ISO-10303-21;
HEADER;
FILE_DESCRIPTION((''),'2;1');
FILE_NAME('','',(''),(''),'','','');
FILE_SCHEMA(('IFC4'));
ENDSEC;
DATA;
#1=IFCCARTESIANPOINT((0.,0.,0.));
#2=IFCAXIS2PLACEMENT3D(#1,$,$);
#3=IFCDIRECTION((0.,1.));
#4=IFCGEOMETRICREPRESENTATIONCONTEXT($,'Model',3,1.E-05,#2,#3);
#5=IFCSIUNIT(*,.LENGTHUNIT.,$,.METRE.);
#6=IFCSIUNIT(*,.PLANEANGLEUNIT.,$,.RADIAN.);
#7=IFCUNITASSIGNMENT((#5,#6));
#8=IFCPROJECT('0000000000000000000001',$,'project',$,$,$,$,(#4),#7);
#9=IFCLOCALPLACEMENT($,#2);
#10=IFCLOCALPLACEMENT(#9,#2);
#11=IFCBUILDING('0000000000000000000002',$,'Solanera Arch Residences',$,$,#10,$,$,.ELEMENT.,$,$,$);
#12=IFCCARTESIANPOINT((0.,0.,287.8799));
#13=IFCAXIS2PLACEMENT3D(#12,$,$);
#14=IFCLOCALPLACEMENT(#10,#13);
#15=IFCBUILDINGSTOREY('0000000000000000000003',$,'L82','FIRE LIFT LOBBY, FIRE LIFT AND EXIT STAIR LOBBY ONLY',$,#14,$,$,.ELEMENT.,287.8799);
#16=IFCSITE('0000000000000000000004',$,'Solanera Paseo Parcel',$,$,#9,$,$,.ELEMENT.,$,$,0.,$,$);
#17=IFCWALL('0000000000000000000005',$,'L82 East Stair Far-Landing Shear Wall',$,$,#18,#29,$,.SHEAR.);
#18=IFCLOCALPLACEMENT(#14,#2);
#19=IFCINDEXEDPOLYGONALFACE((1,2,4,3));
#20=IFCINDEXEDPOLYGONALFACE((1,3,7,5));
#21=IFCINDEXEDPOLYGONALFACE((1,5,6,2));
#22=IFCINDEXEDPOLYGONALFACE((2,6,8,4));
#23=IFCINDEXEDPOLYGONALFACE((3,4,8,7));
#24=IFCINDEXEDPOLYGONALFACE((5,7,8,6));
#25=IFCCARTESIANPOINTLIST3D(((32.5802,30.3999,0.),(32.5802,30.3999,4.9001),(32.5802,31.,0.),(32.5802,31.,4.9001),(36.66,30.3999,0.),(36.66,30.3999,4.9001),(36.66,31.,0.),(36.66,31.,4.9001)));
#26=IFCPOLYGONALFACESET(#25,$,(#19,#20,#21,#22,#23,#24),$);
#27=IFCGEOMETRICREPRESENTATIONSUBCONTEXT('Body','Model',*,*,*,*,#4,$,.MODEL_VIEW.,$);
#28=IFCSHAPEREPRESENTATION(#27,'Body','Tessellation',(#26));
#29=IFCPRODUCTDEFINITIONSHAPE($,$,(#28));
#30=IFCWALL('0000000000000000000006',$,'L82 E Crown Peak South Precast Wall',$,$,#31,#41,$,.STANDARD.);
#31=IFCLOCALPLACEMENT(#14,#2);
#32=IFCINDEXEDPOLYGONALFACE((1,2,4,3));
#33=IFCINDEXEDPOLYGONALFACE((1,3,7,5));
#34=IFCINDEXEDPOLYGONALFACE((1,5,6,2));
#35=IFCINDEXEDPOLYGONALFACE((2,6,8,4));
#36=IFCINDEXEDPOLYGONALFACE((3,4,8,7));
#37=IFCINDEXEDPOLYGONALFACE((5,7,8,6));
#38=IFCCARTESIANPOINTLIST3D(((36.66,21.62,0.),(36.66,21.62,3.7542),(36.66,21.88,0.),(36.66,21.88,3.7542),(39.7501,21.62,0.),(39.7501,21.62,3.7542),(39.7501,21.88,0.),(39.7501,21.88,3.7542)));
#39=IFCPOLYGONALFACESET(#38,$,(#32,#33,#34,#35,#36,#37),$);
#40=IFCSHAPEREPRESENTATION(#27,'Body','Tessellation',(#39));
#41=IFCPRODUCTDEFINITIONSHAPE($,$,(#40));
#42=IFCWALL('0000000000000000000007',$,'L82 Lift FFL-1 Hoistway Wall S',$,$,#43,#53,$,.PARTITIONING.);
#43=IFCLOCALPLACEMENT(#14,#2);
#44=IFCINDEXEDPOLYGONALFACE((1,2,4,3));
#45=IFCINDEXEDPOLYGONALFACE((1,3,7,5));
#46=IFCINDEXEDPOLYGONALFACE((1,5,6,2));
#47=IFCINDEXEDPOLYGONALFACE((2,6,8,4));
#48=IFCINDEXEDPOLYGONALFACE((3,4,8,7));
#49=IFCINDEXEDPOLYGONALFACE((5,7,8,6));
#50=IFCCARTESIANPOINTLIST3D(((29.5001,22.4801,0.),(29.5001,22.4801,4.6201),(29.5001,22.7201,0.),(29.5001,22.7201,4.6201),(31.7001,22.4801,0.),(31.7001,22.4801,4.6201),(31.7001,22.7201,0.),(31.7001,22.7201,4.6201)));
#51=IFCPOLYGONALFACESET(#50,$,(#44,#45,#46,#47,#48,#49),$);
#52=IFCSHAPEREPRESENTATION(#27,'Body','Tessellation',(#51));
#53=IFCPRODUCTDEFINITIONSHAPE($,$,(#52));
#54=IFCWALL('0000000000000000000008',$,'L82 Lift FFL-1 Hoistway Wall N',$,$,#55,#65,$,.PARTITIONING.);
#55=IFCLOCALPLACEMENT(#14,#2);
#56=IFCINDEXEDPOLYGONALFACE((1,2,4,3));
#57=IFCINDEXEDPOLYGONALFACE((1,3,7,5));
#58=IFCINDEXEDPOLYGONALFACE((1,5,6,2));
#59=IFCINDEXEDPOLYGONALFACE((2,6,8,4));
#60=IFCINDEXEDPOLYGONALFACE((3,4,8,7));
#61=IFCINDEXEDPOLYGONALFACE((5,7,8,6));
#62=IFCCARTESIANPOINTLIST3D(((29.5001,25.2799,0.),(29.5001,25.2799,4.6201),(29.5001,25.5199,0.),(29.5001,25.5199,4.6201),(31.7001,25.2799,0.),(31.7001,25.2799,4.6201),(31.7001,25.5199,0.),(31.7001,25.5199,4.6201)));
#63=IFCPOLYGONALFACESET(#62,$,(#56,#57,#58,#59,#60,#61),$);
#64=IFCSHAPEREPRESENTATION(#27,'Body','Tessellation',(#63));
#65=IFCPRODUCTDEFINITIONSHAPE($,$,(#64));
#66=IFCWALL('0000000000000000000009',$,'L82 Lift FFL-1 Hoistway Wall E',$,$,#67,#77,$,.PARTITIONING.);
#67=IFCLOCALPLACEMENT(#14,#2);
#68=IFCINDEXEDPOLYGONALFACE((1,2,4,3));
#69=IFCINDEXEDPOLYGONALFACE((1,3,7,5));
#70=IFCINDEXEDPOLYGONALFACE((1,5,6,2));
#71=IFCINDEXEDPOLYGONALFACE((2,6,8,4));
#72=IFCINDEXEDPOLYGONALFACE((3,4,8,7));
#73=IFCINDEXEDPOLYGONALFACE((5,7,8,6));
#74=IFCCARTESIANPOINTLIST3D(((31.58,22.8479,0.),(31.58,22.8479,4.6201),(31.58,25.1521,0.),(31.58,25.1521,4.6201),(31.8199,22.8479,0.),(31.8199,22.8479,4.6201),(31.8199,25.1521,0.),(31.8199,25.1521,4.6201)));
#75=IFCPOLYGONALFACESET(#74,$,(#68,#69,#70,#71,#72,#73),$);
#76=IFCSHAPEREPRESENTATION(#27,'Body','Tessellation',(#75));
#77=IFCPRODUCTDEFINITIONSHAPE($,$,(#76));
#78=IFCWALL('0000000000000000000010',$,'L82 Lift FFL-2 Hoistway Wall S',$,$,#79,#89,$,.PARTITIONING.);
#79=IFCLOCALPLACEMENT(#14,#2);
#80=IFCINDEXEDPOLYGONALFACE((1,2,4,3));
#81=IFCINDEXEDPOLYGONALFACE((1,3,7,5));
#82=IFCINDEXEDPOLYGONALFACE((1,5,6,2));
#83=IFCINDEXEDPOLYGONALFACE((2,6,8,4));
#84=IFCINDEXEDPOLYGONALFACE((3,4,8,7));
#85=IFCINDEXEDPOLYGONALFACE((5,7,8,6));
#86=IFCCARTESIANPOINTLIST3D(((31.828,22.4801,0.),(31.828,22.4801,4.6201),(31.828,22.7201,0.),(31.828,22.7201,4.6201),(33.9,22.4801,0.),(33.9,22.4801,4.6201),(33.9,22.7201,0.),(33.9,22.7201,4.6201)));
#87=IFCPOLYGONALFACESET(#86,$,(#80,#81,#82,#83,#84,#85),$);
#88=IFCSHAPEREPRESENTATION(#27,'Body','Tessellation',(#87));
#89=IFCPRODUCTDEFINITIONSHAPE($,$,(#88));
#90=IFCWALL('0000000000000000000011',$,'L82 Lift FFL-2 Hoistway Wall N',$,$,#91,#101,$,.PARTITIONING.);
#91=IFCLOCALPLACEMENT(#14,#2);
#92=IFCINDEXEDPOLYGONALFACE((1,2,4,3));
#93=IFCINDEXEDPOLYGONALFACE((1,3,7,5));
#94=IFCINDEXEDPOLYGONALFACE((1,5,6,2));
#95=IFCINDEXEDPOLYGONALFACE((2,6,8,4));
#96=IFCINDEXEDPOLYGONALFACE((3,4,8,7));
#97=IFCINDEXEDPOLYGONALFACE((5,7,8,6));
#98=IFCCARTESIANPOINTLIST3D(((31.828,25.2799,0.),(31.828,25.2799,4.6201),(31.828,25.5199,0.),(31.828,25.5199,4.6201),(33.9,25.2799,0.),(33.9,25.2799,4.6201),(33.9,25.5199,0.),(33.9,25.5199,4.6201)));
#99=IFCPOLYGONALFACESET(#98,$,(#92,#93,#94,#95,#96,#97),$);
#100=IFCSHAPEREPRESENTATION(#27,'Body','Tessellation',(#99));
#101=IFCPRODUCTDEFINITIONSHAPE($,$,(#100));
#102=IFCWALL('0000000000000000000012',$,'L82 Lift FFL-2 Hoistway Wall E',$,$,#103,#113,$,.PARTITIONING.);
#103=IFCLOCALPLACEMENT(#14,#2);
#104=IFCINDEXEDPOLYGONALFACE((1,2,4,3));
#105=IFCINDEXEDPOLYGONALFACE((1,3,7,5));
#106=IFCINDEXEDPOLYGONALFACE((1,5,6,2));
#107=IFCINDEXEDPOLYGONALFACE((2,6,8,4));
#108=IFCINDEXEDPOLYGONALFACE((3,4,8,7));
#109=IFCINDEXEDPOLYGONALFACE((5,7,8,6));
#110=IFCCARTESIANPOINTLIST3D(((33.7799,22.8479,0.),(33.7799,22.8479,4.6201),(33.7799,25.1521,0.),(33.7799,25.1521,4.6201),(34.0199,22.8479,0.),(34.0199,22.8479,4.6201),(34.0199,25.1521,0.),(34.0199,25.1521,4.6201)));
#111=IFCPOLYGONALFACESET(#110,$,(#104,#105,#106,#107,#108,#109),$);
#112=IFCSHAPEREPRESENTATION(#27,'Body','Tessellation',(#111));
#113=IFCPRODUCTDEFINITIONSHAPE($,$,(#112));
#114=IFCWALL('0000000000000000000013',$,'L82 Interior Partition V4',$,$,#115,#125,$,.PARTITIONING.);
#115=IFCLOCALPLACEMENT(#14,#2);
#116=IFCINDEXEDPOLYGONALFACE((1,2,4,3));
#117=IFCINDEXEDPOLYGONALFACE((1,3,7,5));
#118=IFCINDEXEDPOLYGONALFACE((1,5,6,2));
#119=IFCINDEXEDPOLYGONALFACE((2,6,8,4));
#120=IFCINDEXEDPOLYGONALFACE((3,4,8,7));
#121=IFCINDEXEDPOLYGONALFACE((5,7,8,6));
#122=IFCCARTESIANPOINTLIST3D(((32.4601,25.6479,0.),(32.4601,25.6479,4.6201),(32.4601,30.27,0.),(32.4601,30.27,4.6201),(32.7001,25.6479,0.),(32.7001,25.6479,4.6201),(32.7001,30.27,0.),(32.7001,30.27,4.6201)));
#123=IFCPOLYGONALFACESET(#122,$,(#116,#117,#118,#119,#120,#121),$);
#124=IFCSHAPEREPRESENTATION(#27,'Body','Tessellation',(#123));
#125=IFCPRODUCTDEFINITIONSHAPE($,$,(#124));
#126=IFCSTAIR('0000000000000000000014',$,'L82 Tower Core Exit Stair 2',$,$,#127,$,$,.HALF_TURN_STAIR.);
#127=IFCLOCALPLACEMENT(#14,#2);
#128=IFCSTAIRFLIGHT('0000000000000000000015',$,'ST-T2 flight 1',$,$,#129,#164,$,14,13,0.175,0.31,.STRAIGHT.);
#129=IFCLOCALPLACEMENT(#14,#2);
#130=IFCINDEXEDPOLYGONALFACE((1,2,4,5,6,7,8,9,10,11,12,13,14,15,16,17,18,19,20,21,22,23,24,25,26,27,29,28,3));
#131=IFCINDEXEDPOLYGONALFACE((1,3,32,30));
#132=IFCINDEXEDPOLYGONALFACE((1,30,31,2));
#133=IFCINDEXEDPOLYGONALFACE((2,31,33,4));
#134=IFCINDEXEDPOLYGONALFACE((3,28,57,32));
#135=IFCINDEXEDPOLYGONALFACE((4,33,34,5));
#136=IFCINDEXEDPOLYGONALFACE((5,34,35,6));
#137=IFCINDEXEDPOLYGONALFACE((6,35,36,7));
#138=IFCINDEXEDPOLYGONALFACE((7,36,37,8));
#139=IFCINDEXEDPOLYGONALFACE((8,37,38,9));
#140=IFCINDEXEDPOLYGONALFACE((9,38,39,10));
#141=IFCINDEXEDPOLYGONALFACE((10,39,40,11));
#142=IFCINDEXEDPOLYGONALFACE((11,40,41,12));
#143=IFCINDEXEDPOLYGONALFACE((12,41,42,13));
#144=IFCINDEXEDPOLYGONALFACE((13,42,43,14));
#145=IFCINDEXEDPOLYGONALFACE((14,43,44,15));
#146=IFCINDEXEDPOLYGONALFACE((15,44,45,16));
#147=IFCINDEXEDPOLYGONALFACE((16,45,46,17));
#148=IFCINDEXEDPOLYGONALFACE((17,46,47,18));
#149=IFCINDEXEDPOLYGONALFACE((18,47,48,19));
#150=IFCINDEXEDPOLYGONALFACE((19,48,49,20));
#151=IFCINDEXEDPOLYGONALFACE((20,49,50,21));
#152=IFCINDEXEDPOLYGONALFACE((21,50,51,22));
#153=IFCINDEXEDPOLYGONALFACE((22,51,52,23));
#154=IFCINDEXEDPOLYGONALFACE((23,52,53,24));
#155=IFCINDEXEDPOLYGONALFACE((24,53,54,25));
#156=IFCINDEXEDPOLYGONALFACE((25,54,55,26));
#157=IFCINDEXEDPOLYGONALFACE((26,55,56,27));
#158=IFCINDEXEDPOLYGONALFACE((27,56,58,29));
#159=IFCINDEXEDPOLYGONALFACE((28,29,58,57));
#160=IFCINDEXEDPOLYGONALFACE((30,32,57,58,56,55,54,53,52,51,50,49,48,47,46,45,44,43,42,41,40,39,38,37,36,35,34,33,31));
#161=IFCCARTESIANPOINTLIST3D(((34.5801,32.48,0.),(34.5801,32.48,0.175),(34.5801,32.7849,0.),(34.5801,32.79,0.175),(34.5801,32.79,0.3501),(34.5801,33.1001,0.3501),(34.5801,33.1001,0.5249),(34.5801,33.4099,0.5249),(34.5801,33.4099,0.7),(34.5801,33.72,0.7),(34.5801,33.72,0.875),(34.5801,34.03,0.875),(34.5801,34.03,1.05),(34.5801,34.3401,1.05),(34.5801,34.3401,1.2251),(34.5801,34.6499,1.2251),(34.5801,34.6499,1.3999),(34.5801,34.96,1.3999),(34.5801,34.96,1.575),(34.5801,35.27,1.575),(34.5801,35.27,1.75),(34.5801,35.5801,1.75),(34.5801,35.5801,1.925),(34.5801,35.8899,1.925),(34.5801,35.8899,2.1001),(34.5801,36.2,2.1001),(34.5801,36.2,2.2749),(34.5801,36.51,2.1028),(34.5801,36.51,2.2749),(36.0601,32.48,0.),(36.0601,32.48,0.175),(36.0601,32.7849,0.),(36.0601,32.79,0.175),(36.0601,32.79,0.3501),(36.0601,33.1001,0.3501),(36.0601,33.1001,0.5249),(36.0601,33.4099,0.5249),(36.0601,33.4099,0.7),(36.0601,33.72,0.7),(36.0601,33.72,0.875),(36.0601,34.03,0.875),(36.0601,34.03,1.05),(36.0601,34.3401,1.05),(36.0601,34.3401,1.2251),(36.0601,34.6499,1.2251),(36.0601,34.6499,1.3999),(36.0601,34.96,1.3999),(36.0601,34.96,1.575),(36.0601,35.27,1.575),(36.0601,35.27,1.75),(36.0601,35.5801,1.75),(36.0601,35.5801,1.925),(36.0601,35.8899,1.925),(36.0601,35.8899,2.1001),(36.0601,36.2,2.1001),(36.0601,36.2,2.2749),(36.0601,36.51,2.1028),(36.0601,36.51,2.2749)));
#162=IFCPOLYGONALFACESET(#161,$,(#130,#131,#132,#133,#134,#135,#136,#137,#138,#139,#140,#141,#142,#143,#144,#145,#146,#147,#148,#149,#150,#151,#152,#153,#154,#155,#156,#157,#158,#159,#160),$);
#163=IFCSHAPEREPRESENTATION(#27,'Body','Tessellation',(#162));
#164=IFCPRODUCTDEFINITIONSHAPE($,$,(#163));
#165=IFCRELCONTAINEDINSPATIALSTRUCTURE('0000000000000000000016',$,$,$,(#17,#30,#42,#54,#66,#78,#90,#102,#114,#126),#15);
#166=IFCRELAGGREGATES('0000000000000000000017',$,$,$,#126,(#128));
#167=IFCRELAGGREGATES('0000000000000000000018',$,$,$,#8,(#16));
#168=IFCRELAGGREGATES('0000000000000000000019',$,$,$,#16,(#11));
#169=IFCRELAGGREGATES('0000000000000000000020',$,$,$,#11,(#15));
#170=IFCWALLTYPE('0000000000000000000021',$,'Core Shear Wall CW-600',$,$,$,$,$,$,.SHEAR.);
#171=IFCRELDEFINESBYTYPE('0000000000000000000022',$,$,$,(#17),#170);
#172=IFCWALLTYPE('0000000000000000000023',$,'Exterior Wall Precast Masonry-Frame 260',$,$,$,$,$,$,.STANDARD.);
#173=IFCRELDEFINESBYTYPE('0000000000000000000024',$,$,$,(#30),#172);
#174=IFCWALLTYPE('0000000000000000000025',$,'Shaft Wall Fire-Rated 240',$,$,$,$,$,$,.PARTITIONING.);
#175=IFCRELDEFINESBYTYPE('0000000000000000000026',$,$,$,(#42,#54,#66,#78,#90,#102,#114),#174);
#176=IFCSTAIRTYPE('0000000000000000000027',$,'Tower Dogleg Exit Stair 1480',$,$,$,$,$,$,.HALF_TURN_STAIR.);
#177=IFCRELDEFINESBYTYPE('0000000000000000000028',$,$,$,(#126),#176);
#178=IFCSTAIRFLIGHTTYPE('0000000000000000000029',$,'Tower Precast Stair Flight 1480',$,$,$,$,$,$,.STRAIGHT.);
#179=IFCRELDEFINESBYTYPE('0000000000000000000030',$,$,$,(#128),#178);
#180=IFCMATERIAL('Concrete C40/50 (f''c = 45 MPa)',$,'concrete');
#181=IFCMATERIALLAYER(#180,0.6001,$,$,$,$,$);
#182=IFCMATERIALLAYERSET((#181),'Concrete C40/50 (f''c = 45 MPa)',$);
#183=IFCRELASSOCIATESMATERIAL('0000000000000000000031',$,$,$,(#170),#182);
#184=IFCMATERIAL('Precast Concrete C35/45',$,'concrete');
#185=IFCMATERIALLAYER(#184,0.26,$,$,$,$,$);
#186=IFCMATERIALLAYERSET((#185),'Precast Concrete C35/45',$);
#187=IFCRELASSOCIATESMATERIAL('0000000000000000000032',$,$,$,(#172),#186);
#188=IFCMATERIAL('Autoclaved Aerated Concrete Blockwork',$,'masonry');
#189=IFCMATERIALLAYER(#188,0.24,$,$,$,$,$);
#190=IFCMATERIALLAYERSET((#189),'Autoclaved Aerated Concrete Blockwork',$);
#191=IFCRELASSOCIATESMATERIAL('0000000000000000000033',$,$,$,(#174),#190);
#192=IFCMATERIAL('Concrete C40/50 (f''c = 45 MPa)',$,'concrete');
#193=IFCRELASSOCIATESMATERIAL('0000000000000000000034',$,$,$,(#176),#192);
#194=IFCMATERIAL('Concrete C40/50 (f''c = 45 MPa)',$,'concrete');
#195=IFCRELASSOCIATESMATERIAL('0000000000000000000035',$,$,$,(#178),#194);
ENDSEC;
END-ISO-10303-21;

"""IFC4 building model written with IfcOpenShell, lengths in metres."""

from ifc_helpers import new_model, si_unit, direction, frame, frame_2d, origin, place, context, subcontext, project, spatial, polyline, rectangle, outline, extrude, material, layer, layer_set, type_object, element, aggregate, save


model = new_model("IFC4")

# Units and contexts
model_context = context("Model", 3, precision=1e-05, world=origin(), true_north=direction((0.0, 1.0)))
body_context = subcontext(model_context, "Body", "Model", "MODEL_VIEW")
ifc_project = project(units=[si_unit("LENGTHUNIT", "METRE"), si_unit("PLANEANGLEUNIT", "RADIAN")], contexts=[model_context])

# Site, building, storey
site_placement = place(None, origin())
site = spatial("IfcSite", under=ifc_project, at=site_placement, Name="Solanera Paseo Parcel", CompositionType="ELEMENT", RefElevation=0.0)
building_placement = place(site_placement, origin())
building = spatial("IfcBuilding", under=site, at=building_placement, Name="Solanera Arch Residences", CompositionType="ELEMENT")
storey_placement = place(building_placement, frame((0.0, 0.0, 287.8799)))
storey = spatial("IfcBuildingStorey", under=building, at=storey_placement, Name="L82", Description="FIRE LIFT LOBBY, FIRE LIFT AND EXIT STAIR LOBBY ONLY", CompositionType="ELEMENT", Elevation=287.8799)

# Walls
ifc_material_1 = material(Name="Concrete C40/50 (f'c = 45 MPa)", Category="concrete")
ifc_layer_1 = layer(ifc_material_1, 0.6001)
ifc_layer_set_1 = layer_set([ifc_layer_1], Name="Concrete C40/50 (f'c = 45 MPa)")
wall_type_1 = type_object("IfcWallType", Name="Core Shear Wall CW-600", PredefinedType="SHEAR", material=ifc_layer_set_1)
wall_1_placement = place(storey_placement, frame((32.5801, 30.7, 0.0), z_axis=(0.0, 0.0, 1.0), x_axis=(1.0, 0.0, 0.0)))
element("IfcWall", 1, at=wall_1_placement, inside=storey, type_object=wall_type_1, Name="L82 East Stair Far-Landing Shear Wall", PredefinedType="SHEAR", context=body_context, shape_type="SweptSolid", body=[
    extrude(rectangle(XDim=4.0798, YDim=0.6001, at=frame_2d((2.04, 0.0))), origin(), (0.0, 0.0, 1.0), 4.9001),
])
ifc_material_2 = material(Name="Precast Concrete C35/45", Category="concrete")
ifc_layer_2 = layer(ifc_material_2, 0.26)
ifc_layer_set_2 = layer_set([ifc_layer_2], Name="Precast Concrete C35/45")
wall_type_2 = type_object("IfcWallType", Name="Exterior Wall Precast Masonry-Frame 260", PredefinedType="STANDARD", material=ifc_layer_set_2)
wall_2_placement = place(storey_placement, frame((39.75, 21.75, 0.0), z_axis=(0.0, 0.0, 1.0), x_axis=(-1.0, 0.0, 0.0)))
element("IfcWall", 2, at=wall_2_placement, inside=storey, type_object=wall_type_2, Name="L82 E Crown Peak South Precast Wall", PredefinedType="STANDARD", context=body_context, shape_type="SweptSolid", body=[
    extrude(rectangle(XDim=3.0901, YDim=0.26, at=frame_2d((1.5449, 0.0))), origin(), (0.0, 0.0, 1.0), 3.7542),
])
ifc_material_3 = material(Name="Autoclaved Aerated Concrete Blockwork", Category="masonry")
ifc_layer_3 = layer(ifc_material_3, 0.24)
ifc_layer_set_3 = layer_set([ifc_layer_3], Name="Autoclaved Aerated Concrete Blockwork")
wall_type_3 = type_object("IfcWallType", Name="Shaft Wall Fire-Rated 240", PredefinedType="PARTITIONING", material=ifc_layer_set_3)
for number, where, z_axis, x_axis, name in (
    (3, (29.5, 22.6001, 0.0), (0.0, 0.0, 1.0), (1.0, 0.0, 0.0), "L82 Lift FFL-1 Hoistway Wall S"),
    (4, (29.5, 25.3999, 0.0), (0.0, 0.0, 1.0), (1.0, 0.0, 0.0), "L82 Lift FFL-1 Hoistway Wall N"),
):
    element("IfcWall", number, at=place(storey_placement, frame(where, z_axis=z_axis, x_axis=x_axis)), inside=storey, type_object=wall_type_3, Name=name, PredefinedType="PARTITIONING", context=body_context, shape_type="SweptSolid", body=[
        extrude(rectangle(XDim=2.2, YDim=0.24, at=frame_2d((1.1001, 0.0))), origin(), (0.0, 0.0, 1.0), 4.6201),
    ])
wall_3_placement = place(storey_placement, frame((31.7, 22.8479, 0.0), z_axis=(0.0, 0.0, 1.0), x_axis=(0.0, 1.0, 0.0)))
element("IfcWall", 5, at=wall_3_placement, inside=storey, type_object=wall_type_3, Name="L82 Lift FFL-1 Hoistway Wall E", PredefinedType="PARTITIONING", context=body_context, shape_type="SweptSolid", body=[
    extrude(rectangle(XDim=2.3042, YDim=0.24, at=frame_2d((1.1521, 0.0))), origin(), (0.0, 0.0, 1.0), 4.6201),
])
for number, where, z_axis, x_axis, name in (
    (6, (31.8279, 22.6001, 0.0), (0.0, 0.0, 1.0), (1.0, 0.0, 0.0), "L82 Lift FFL-2 Hoistway Wall S"),
    (7, (31.8279, 25.3999, 0.0), (0.0, 0.0, 1.0), (1.0, 0.0, 0.0), "L82 Lift FFL-2 Hoistway Wall N"),
):
    element("IfcWall", number, at=place(storey_placement, frame(where, z_axis=z_axis, x_axis=x_axis)), inside=storey, type_object=wall_type_3, Name=name, PredefinedType="PARTITIONING", context=body_context, shape_type="SweptSolid", body=[
        extrude(rectangle(XDim=2.072, YDim=0.24, at=frame_2d((1.0361, 0.0))), origin(), (0.0, 0.0, 1.0), 4.6201),
    ])
wall_4_placement = place(storey_placement, frame((33.8999, 22.8479, 0.0), z_axis=(0.0, 0.0, 1.0), x_axis=(0.0, 1.0, 0.0)))
element("IfcWall", 8, at=wall_4_placement, inside=storey, type_object=wall_type_3, Name="L82 Lift FFL-2 Hoistway Wall E", PredefinedType="PARTITIONING", context=body_context, shape_type="SweptSolid", body=[
    extrude(rectangle(XDim=2.3042, YDim=0.24, at=frame_2d((1.1521, 0.0))), origin(), (0.0, 0.0, 1.0), 4.6201),
])
wall_5_placement = place(storey_placement, frame((32.5801, 25.6479, 0.0), z_axis=(0.0, 0.0, 1.0), x_axis=(0.0, 1.0, 0.0)))
element("IfcWall", 9, at=wall_5_placement, inside=storey, type_object=wall_type_3, Name="L82 Interior Partition V4", PredefinedType="PARTITIONING", context=body_context, shape_type="SweptSolid", body=[
    extrude(rectangle(XDim=4.6221, YDim=0.24, at=frame_2d((2.311, 0.0))), origin(), (0.0, 0.0, 1.0), 4.6201),
])

# Stair, stair flight
ifc_material_4 = material(Name="Concrete C40/50 (f'c = 45 MPa)", Category="concrete")
stair_type = type_object("IfcStairType", Name="Tower Dogleg Exit Stair 1480", PredefinedType="HALF_TURN_STAIR", material=ifc_material_4)
stair_placement = place(storey_placement, origin())
stair = element("IfcStair", 10, at=stair_placement, inside=storey, type_object=stair_type, Name="L82 Tower Core Exit Stair 2", PredefinedType="HALF_TURN_STAIR")
ifc_material_5 = material(Name="Concrete C40/50 (f'c = 45 MPa)", Category="concrete")
stair_flight_type = type_object("IfcStairFlightType", Name="Tower Precast Stair Flight 1480", PredefinedType="STRAIGHT", material=ifc_material_5)
stair_flight_placement = place(storey_placement, frame((35.3201, 32.48, 0.0), z_axis=(0.0, 0.0, 1.0), x_axis=(0.0, 1.0, 0.0)))
stair_flight = element("IfcStairFlight", 11, at=stair_flight_placement, type_object=stair_flight_type, Name="ST-T2 flight 1", NumberOfRisers=14, NumberOfTreads=13, PredefinedType="STRAIGHT", RiserHeight=0.175, TreadLength=0.31, context=body_context, shape_type="SweptSolid", body=[
    extrude(outline(polyline([(0.0, 0.0), (0.0, 0.175), (0.3101, 0.175), (0.3101, 0.3501), (0.6201, 0.3501), (0.6201, 0.5249), (0.9299, 0.5249), (0.9299, 0.7), (1.24, 0.7), (1.24, 0.875), (1.55, 0.875), (1.55, 1.05), (1.8601, 1.05), (1.8601, 1.2251), (2.1699, 1.2251), (2.1699, 1.3999), (2.48, 1.3999), (2.48, 1.575), (2.79, 1.575), (2.79, 1.75), (3.1001, 1.75), (3.1001, 1.925), (3.4099, 1.925), (3.4099, 2.1001), (3.72, 2.1001), (3.72, 2.2749), (4.03, 2.2749), (4.03, 2.45), (4.03, 2.1028), (0.3049, 0.0), (0.0, 0.0)])), frame((0.0, 0.74, 0.0), z_axis=(0.0, -1.0, 0.0), x_axis=(1.0, 0.0, 0.0)), (0.0, 0.0, 1.0), 1.48),
])
aggregate(stair, [stair_flight])

save(model, "model.ifc")
